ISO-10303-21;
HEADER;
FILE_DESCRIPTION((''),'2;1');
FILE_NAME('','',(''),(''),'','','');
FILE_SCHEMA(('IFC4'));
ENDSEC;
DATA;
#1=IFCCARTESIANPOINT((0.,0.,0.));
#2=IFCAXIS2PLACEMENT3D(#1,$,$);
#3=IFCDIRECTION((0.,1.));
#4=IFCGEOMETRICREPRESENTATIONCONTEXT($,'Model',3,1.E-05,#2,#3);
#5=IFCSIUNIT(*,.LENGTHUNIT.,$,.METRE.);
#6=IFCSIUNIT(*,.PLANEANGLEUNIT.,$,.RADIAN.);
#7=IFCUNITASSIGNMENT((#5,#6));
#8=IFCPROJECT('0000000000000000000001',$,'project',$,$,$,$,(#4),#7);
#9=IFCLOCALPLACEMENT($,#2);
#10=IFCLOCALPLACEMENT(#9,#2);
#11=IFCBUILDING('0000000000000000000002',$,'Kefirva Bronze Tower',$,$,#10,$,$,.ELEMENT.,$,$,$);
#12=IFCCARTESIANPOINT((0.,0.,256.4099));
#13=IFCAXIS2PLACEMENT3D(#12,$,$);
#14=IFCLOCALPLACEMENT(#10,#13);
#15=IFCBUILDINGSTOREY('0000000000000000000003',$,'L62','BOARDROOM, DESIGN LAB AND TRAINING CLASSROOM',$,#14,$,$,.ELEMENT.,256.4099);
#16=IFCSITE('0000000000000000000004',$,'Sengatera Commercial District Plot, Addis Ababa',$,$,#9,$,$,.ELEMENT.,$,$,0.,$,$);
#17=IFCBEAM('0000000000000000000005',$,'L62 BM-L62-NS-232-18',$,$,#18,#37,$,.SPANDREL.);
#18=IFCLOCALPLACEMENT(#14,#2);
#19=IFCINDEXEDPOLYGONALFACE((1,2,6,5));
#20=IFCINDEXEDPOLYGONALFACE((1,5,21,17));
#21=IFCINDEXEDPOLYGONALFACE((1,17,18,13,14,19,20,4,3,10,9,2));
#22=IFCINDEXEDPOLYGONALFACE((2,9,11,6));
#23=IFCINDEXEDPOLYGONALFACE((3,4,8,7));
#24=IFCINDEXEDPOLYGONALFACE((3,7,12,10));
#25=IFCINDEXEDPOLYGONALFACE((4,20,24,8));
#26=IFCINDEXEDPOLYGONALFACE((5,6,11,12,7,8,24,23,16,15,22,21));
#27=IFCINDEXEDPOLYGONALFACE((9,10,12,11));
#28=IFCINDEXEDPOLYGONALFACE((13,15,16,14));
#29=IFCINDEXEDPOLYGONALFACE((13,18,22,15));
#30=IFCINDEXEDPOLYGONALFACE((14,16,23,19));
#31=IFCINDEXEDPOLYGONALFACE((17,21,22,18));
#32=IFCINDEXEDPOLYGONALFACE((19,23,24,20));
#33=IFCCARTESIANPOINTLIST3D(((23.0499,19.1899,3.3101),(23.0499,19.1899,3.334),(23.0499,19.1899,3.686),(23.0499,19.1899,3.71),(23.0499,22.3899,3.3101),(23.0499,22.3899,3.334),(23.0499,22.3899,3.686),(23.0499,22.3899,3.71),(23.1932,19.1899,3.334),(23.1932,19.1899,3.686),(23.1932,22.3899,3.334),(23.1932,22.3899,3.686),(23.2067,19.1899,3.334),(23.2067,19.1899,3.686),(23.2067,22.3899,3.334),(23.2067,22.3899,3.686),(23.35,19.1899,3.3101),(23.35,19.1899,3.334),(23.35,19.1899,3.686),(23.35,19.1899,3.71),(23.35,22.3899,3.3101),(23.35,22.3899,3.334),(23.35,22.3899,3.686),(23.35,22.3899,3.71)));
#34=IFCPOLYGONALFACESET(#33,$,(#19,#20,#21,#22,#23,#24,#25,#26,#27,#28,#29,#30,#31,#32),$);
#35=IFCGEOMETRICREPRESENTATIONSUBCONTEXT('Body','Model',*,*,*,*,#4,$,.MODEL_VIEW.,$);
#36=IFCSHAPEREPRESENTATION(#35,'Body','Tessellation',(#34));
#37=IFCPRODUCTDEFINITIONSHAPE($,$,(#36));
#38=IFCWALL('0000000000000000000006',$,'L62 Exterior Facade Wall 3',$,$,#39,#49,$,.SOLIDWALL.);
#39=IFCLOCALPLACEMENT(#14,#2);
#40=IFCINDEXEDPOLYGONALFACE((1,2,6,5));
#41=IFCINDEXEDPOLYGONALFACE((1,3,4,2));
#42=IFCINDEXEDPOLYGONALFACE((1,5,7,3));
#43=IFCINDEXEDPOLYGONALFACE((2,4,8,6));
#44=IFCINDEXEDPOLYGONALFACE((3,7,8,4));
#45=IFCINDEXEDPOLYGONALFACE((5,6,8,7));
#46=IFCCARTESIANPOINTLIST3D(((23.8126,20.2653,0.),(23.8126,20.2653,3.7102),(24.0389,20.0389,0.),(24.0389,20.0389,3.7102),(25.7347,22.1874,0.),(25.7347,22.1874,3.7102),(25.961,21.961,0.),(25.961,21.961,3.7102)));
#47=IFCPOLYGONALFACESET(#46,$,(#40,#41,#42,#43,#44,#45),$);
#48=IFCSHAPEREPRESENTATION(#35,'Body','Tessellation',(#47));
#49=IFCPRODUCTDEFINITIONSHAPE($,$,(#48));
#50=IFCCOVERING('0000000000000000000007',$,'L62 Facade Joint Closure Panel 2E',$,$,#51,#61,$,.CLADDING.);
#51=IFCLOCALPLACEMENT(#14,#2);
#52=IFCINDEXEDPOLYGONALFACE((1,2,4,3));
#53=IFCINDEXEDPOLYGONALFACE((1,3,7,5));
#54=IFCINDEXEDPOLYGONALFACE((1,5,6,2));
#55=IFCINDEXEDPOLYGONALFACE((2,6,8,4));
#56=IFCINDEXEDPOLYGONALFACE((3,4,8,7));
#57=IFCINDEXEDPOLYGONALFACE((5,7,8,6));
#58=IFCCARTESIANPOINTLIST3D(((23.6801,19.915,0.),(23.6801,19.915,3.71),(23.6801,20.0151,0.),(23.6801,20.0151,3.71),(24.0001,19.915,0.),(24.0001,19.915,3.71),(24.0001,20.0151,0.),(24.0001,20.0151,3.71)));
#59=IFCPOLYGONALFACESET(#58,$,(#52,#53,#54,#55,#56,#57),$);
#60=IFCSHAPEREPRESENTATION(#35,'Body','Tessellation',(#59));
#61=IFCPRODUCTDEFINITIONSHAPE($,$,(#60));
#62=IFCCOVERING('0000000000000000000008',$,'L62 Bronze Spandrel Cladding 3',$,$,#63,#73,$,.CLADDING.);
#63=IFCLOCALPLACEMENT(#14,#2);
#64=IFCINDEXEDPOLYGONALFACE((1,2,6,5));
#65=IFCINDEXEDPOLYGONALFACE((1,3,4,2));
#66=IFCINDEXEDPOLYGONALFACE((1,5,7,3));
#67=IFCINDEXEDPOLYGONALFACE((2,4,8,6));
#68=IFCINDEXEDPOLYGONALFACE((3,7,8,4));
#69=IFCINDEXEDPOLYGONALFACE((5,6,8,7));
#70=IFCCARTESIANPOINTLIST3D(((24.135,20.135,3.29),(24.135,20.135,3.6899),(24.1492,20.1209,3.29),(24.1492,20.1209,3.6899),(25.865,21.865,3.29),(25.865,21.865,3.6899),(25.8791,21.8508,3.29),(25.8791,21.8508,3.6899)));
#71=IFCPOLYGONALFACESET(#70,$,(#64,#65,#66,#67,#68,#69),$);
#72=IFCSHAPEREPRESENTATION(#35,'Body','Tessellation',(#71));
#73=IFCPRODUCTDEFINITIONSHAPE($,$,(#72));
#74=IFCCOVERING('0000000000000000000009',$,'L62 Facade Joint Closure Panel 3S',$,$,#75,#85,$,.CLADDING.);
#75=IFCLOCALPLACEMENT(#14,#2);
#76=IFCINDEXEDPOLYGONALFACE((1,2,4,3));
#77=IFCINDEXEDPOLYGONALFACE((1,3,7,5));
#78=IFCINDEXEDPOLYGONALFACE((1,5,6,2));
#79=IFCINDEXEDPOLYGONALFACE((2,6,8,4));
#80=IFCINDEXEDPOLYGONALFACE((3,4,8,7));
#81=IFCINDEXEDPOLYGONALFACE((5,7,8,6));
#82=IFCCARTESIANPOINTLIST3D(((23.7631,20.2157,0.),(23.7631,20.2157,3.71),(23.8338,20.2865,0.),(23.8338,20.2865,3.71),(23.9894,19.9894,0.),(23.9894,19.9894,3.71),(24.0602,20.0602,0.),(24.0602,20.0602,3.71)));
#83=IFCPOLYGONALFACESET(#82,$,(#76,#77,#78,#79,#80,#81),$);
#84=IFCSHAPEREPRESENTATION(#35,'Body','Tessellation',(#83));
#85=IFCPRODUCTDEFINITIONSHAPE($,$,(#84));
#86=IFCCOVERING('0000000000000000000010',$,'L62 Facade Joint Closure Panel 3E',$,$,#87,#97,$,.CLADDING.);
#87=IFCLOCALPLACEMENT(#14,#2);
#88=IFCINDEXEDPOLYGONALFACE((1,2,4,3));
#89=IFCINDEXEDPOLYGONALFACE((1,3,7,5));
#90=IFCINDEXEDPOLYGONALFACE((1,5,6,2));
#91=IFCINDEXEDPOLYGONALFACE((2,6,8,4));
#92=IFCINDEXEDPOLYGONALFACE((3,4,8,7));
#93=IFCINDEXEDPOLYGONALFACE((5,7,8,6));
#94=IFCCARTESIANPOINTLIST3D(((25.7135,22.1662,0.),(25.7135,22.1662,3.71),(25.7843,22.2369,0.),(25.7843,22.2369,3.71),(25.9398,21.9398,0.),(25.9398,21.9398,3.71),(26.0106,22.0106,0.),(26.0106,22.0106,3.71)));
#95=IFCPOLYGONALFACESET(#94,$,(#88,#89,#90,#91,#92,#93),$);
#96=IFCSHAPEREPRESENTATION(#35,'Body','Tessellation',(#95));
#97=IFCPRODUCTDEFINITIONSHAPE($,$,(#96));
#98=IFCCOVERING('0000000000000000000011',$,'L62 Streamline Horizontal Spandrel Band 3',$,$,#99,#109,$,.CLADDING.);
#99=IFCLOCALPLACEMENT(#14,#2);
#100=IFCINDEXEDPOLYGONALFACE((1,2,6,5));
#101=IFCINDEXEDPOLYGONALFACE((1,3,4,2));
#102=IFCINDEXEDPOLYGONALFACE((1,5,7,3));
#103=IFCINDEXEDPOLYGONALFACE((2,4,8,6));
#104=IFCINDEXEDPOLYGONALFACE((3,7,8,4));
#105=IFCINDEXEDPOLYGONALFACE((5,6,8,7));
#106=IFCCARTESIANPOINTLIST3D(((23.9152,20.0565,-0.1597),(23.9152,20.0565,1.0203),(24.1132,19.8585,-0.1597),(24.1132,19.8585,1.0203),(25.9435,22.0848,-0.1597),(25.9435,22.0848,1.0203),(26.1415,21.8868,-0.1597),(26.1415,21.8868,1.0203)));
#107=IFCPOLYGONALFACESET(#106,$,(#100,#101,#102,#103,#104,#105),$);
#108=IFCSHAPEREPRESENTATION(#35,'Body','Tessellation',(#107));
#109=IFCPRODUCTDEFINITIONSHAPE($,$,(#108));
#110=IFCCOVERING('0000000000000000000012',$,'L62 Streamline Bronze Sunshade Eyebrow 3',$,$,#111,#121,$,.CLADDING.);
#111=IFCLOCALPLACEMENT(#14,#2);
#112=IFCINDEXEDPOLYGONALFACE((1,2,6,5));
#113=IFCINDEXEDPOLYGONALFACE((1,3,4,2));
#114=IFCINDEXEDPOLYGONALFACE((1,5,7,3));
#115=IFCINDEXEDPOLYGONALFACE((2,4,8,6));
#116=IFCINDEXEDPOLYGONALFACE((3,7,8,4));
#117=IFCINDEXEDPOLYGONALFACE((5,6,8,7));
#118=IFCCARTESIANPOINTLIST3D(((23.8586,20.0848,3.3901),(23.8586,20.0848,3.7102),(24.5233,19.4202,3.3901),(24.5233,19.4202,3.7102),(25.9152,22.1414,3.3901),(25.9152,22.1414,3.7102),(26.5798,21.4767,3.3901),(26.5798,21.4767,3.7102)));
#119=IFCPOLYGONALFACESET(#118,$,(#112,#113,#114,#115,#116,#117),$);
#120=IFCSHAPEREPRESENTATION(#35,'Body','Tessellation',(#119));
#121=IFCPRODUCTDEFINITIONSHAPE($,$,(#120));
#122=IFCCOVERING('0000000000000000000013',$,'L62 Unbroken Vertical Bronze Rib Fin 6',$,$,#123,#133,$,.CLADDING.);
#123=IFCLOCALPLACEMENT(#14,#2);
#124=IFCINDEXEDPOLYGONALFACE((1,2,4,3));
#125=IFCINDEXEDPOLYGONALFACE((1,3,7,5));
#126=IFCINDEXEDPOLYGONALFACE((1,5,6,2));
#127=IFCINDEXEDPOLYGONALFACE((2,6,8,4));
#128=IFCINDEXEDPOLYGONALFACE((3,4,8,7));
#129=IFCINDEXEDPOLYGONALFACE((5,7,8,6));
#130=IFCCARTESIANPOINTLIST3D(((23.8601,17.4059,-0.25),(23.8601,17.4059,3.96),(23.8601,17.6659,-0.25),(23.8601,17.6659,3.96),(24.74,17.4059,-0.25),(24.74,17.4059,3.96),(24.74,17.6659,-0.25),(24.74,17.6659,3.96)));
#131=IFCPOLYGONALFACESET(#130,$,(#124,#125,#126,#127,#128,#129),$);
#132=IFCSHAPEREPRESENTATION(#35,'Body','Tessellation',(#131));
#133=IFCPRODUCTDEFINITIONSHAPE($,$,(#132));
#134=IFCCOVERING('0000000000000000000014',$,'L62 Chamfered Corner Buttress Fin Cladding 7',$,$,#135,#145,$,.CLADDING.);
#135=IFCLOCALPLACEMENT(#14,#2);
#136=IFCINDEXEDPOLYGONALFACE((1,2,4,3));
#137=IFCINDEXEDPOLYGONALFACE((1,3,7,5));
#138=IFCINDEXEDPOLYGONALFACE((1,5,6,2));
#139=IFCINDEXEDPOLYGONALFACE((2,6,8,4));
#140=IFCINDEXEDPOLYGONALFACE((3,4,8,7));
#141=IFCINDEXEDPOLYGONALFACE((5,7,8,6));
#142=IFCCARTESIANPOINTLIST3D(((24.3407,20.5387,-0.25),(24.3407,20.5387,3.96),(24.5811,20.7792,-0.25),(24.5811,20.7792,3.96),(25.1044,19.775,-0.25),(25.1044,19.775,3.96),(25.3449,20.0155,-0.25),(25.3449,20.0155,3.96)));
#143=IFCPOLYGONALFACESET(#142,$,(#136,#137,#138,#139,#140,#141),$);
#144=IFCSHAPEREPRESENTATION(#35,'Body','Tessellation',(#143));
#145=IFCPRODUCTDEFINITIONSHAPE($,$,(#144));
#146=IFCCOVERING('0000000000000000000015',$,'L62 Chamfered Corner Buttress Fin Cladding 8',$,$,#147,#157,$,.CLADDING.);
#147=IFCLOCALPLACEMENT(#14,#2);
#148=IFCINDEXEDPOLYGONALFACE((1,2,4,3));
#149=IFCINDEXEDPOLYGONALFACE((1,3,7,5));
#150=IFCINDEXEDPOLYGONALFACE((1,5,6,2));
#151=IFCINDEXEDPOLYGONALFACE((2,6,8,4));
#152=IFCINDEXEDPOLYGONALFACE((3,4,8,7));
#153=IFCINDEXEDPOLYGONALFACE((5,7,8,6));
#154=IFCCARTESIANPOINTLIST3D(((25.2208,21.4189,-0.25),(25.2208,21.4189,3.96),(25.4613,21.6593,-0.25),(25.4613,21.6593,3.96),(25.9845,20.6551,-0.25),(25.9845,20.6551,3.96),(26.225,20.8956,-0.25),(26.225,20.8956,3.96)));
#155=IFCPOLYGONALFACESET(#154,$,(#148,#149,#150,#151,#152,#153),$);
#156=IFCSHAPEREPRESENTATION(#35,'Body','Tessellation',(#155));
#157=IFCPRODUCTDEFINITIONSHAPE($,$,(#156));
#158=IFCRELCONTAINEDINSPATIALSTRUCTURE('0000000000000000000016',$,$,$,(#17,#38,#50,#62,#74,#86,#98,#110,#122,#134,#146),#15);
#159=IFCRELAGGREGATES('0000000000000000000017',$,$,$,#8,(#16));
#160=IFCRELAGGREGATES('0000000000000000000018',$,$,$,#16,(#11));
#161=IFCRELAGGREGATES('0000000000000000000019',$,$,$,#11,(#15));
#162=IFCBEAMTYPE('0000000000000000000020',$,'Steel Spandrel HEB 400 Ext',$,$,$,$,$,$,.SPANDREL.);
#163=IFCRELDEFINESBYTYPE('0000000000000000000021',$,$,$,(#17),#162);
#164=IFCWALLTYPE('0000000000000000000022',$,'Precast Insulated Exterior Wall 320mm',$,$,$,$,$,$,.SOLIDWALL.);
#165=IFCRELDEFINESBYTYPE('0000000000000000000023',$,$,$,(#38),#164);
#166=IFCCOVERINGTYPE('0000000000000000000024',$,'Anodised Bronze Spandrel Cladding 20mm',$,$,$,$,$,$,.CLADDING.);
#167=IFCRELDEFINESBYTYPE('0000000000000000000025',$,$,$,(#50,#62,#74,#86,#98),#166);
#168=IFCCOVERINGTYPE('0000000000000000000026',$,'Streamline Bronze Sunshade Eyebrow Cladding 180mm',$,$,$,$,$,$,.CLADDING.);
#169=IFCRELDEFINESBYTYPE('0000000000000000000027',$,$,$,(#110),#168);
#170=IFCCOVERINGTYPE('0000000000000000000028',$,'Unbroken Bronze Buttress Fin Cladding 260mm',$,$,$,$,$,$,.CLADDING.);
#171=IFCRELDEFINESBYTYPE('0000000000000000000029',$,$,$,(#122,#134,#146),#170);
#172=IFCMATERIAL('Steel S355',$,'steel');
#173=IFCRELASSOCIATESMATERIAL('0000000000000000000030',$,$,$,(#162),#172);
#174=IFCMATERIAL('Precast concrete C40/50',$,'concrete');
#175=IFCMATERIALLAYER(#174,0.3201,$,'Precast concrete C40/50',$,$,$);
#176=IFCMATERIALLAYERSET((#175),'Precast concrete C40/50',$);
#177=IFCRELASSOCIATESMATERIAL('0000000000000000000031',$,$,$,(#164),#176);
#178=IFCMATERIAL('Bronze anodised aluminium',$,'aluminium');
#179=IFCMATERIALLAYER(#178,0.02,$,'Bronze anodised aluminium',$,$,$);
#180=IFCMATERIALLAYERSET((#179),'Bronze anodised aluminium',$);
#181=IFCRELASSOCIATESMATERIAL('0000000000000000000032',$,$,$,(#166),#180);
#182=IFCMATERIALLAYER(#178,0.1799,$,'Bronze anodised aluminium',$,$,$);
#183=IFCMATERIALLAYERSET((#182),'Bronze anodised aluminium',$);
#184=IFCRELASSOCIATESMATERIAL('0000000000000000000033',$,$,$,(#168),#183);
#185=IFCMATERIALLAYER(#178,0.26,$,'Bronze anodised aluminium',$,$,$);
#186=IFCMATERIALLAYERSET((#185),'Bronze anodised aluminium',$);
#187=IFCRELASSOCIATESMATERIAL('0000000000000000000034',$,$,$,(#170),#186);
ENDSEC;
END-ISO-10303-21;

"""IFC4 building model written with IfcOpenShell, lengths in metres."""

from ifc_helpers import new_model, si_unit, direction, frame, frame_2d, origin, origin_2d, place, context, subcontext, project, spatial, rectangle, i_section, extrude, material, layer, layer_set, material_profile, profile_set, type_object, element, save


model = new_model("IFC4")

# Units and contexts
model_context = context("Model", 3, precision=1e-05, world=origin(), true_north=direction((0.0, 1.0)))
body_context = subcontext(model_context, "Body", "Model", "MODEL_VIEW")
ifc_project = project(units=[si_unit("LENGTHUNIT", "METRE"), si_unit("PLANEANGLEUNIT", "RADIAN")], contexts=[model_context])

# Site, building, storey
site_placement = place(None, origin())
site = spatial("IfcSite", under=ifc_project, at=site_placement, Name="Sengatera Commercial District Plot, Addis Ababa", CompositionType="ELEMENT", RefElevation=0.0)
building_placement = place(site_placement, origin())
building = spatial("IfcBuilding", under=site, at=building_placement, Name="Kefirva Bronze Tower", CompositionType="ELEMENT")
storey_placement = place(building_placement, frame((0.0, 0.0, 256.4099)))
storey = spatial("IfcBuildingStorey", under=building, at=storey_placement, Name="L62", Description="BOARDROOM, DESIGN LAB AND TRAINING CLASSROOM", CompositionType="ELEMENT", Elevation=256.4099)

# Shared definitions
ifc_material_1 = material(Name="Bronze anodised aluminium", Category="aluminium")

# Beam
ifc_material_2 = material(Name="Steel S355", Category="steel")
ifc_material_profile_1 = material_profile(ifc_material_2, i_section(OverallWidth=0.3, OverallDepth=0.3999, WebThickness=0.0134, FlangeThickness=0.0239, at=origin_2d()), Name="HEB 400")
ifc_profile_set_1 = profile_set([ifc_material_profile_1], Name="Steel S355")
beam_type_1 = type_object("IfcBeamType", Name="Steel Spandrel HEB 400 Ext", PredefinedType="SPANDREL", material=ifc_profile_set_1)
beam_1_placement = place(storey_placement, frame((23.2, 19.1899, 3.51), z_axis=(0.0, 1.0, 0.0), x_axis=(-1.0, 0.0, 0.0)))
element("IfcBeam", 1, at=beam_1_placement, inside=storey, type_object=beam_type_1, Name="L62 BM-L62-NS-232-18", PredefinedType="SPANDREL", context=body_context, shape_type="SweptSolid", body=[
    extrude(i_section(OverallWidth=0.3, OverallDepth=0.3999, WebThickness=0.0134, FlangeThickness=0.0239, at=origin_2d()), origin(), (0.0, 0.0, 1.0), 3.2),
])

# Wall
ifc_material_3 = material(Name="Precast concrete C40/50", Category="concrete")
ifc_layer_1 = layer(ifc_material_3, 0.3201, Name="Precast concrete C40/50")
ifc_layer_set_1 = layer_set([ifc_layer_1], Name="Precast concrete C40/50")
wall_type = type_object("IfcWallType", Name="Precast Insulated Exterior Wall 320mm", PredefinedType="SOLIDWALL", material=ifc_layer_set_1)
wall_placement = place(storey_placement, frame((23.9258, 20.1521, 0.0), z_axis=(0.0, 0.0, 1.0), x_axis=(0.707107, 0.707107, 0.0)))
element("IfcWall", 2, at=wall_placement, inside=storey, type_object=wall_type, Name="L62 Exterior Facade Wall 3", PredefinedType="SOLIDWALL", context=body_context, shape_type="SweptSolid", body=[
    extrude(rectangle(XDim=2.7183, YDim=0.3201, at=frame_2d((1.3591, 0.0))), origin(), (0.0, 0.0, 1.0), 3.7102),
])

# Coverings
ifc_layer_2 = layer(ifc_material_1, 0.02, Name="Bronze anodised aluminium")
ifc_layer_set_2 = layer_set([ifc_layer_2], Name="Bronze anodised aluminium")
covering_type_1 = type_object("IfcCoveringType", Name="Anodised Bronze Spandrel Cladding 20mm", PredefinedType="CLADDING", material=ifc_layer_set_2)
covering_1_placement = place(storey_placement, frame((23.8401, 19.9651, 0.0), z_axis=(0.0, 0.0, 1.0), x_axis=(0.0, 1.0, 0.0)))
element("IfcCovering", 3, at=covering_1_placement, inside=storey, type_object=covering_type_1, Name="L62 Facade Joint Closure Panel 2E", PredefinedType="CLADDING", context=body_context, shape_type="SweptSolid", body=[
    extrude(rectangle(XDim=0.1001, YDim=0.3201, at=origin_2d()), origin(), (0.0, 0.0, 1.0), 3.71),
])
covering_2_placement = place(storey_placement, frame((25.0071, 20.9929, 3.29), z_axis=(0.0, 0.0, 1.0), x_axis=(0.707107, 0.707107, 0.0)))
element("IfcCovering", 4, at=covering_2_placement, inside=storey, type_object=covering_type_1, Name="L62 Bronze Spandrel Cladding 3", PredefinedType="CLADDING", context=body_context, shape_type="SweptSolid", body=[
    extrude(rectangle(XDim=2.4465, YDim=0.02, at=origin_2d()), origin(), (0.0, 0.0, 1.0), 0.3999),
])
for number, where, z_axis, x_axis, name in (
    (5, (23.9116, 20.1379, 0.0), (0.0, 0.0, 1.0), (0.707107, 0.707107, 0.0), "L62 Facade Joint Closure Panel 3S"),
    (6, (25.8621, 22.0884, 0.0), (0.0, 0.0, 1.0), (0.707107, 0.707107, 0.0), "L62 Facade Joint Closure Panel 3E"),
):
    element("IfcCovering", number, at=place(storey_placement, frame(where, z_axis=z_axis, x_axis=x_axis)), inside=storey, type_object=covering_type_1, Name=name, PredefinedType="CLADDING", context=body_context, shape_type="SweptSolid", body=[
        extrude(rectangle(XDim=0.1001, YDim=0.3201, at=origin_2d()), origin(), (0.0, 0.0, 1.0), 3.71),
    ])
covering_3_placement = place(storey_placement, frame((25.0283, 20.9717, -0.1597), z_axis=(0.0, 0.0, 1.0), x_axis=(0.707107, 0.707107, 0.0)))
element("IfcCovering", 7, at=covering_3_placement, inside=storey, type_object=covering_type_1, Name="L62 Streamline Horizontal Spandrel Band 3", PredefinedType="CLADDING", context=body_context, shape_type="SweptSolid", body=[
    extrude(rectangle(XDim=2.8684, YDim=0.28, at=origin_2d()), origin(), (0.0, 0.0, 1.0), 1.1799),
])
ifc_layer_3 = layer(ifc_material_1, 0.1799, Name="Bronze anodised aluminium")
ifc_layer_set_3 = layer_set([ifc_layer_3], Name="Bronze anodised aluminium")
covering_type_2 = type_object("IfcCoveringType", Name="Streamline Bronze Sunshade Eyebrow Cladding 180mm", PredefinedType="CLADDING", material=ifc_layer_set_3)
covering_4_placement = place(storey_placement, frame((25.2192, 20.7808, 3.3901), z_axis=(0.0, 0.0, 1.0), x_axis=(0.707107, 0.707107, 0.0)))
element("IfcCovering", 8, at=covering_4_placement, inside=storey, type_object=covering_type_2, Name="L62 Streamline Bronze Sunshade Eyebrow 3", PredefinedType="CLADDING", context=body_context, shape_type="SweptSolid", body=[
    extrude(rectangle(XDim=2.9084, YDim=0.9399, at=origin_2d()), origin(), (0.0, 0.0, 1.0), 0.3201),
])
ifc_layer_4 = layer(ifc_material_1, 0.26, Name="Bronze anodised aluminium")
ifc_layer_set_4 = layer_set([ifc_layer_4], Name="Bronze anodised aluminium")
covering_type_3 = type_object("IfcCoveringType", Name="Unbroken Bronze Buttress Fin Cladding 260mm", PredefinedType="CLADDING", material=ifc_layer_set_4)
covering_5_placement = place(storey_placement, frame((24.3, 17.5359, -0.25), z_axis=(0.0, 0.0, 1.0), x_axis=(0.0, 1.0, 0.0)))
element("IfcCovering", 9, at=covering_5_placement, inside=storey, type_object=covering_type_3, Name="L62 Unbroken Vertical Bronze Rib Fin 6", PredefinedType="CLADDING", context=body_context, shape_type="SweptSolid", body=[
    extrude(rectangle(XDim=0.26, YDim=0.8799, at=origin_2d()), origin(), (0.0, 0.0, 1.0), 4.21),
])
for number, where, z_axis, x_axis, name in (
    (10, (24.8428, 20.2771, -0.25), (0.0, 0.0, 1.0), (0.707107, 0.707107, 0.0), "L62 Chamfered Corner Buttress Fin Cladding 7"),
    (11, (25.7229, 21.1572, -0.25), (0.0, 0.0, 1.0), (0.707107, 0.707107, 0.0), "L62 Chamfered Corner Buttress Fin Cladding 8"),
):
    element("IfcCovering", number, at=place(storey_placement, frame(where, z_axis=z_axis, x_axis=x_axis)), inside=storey, type_object=covering_type_3, Name=name, PredefinedType="CLADDING", context=body_context, shape_type="SweptSolid", body=[
        extrude(rectangle(XDim=0.3401, YDim=1.0801, at=origin_2d()), origin(), (0.0, 0.0, 1.0), 4.21),
    ])

save(model, "model.ifc")
